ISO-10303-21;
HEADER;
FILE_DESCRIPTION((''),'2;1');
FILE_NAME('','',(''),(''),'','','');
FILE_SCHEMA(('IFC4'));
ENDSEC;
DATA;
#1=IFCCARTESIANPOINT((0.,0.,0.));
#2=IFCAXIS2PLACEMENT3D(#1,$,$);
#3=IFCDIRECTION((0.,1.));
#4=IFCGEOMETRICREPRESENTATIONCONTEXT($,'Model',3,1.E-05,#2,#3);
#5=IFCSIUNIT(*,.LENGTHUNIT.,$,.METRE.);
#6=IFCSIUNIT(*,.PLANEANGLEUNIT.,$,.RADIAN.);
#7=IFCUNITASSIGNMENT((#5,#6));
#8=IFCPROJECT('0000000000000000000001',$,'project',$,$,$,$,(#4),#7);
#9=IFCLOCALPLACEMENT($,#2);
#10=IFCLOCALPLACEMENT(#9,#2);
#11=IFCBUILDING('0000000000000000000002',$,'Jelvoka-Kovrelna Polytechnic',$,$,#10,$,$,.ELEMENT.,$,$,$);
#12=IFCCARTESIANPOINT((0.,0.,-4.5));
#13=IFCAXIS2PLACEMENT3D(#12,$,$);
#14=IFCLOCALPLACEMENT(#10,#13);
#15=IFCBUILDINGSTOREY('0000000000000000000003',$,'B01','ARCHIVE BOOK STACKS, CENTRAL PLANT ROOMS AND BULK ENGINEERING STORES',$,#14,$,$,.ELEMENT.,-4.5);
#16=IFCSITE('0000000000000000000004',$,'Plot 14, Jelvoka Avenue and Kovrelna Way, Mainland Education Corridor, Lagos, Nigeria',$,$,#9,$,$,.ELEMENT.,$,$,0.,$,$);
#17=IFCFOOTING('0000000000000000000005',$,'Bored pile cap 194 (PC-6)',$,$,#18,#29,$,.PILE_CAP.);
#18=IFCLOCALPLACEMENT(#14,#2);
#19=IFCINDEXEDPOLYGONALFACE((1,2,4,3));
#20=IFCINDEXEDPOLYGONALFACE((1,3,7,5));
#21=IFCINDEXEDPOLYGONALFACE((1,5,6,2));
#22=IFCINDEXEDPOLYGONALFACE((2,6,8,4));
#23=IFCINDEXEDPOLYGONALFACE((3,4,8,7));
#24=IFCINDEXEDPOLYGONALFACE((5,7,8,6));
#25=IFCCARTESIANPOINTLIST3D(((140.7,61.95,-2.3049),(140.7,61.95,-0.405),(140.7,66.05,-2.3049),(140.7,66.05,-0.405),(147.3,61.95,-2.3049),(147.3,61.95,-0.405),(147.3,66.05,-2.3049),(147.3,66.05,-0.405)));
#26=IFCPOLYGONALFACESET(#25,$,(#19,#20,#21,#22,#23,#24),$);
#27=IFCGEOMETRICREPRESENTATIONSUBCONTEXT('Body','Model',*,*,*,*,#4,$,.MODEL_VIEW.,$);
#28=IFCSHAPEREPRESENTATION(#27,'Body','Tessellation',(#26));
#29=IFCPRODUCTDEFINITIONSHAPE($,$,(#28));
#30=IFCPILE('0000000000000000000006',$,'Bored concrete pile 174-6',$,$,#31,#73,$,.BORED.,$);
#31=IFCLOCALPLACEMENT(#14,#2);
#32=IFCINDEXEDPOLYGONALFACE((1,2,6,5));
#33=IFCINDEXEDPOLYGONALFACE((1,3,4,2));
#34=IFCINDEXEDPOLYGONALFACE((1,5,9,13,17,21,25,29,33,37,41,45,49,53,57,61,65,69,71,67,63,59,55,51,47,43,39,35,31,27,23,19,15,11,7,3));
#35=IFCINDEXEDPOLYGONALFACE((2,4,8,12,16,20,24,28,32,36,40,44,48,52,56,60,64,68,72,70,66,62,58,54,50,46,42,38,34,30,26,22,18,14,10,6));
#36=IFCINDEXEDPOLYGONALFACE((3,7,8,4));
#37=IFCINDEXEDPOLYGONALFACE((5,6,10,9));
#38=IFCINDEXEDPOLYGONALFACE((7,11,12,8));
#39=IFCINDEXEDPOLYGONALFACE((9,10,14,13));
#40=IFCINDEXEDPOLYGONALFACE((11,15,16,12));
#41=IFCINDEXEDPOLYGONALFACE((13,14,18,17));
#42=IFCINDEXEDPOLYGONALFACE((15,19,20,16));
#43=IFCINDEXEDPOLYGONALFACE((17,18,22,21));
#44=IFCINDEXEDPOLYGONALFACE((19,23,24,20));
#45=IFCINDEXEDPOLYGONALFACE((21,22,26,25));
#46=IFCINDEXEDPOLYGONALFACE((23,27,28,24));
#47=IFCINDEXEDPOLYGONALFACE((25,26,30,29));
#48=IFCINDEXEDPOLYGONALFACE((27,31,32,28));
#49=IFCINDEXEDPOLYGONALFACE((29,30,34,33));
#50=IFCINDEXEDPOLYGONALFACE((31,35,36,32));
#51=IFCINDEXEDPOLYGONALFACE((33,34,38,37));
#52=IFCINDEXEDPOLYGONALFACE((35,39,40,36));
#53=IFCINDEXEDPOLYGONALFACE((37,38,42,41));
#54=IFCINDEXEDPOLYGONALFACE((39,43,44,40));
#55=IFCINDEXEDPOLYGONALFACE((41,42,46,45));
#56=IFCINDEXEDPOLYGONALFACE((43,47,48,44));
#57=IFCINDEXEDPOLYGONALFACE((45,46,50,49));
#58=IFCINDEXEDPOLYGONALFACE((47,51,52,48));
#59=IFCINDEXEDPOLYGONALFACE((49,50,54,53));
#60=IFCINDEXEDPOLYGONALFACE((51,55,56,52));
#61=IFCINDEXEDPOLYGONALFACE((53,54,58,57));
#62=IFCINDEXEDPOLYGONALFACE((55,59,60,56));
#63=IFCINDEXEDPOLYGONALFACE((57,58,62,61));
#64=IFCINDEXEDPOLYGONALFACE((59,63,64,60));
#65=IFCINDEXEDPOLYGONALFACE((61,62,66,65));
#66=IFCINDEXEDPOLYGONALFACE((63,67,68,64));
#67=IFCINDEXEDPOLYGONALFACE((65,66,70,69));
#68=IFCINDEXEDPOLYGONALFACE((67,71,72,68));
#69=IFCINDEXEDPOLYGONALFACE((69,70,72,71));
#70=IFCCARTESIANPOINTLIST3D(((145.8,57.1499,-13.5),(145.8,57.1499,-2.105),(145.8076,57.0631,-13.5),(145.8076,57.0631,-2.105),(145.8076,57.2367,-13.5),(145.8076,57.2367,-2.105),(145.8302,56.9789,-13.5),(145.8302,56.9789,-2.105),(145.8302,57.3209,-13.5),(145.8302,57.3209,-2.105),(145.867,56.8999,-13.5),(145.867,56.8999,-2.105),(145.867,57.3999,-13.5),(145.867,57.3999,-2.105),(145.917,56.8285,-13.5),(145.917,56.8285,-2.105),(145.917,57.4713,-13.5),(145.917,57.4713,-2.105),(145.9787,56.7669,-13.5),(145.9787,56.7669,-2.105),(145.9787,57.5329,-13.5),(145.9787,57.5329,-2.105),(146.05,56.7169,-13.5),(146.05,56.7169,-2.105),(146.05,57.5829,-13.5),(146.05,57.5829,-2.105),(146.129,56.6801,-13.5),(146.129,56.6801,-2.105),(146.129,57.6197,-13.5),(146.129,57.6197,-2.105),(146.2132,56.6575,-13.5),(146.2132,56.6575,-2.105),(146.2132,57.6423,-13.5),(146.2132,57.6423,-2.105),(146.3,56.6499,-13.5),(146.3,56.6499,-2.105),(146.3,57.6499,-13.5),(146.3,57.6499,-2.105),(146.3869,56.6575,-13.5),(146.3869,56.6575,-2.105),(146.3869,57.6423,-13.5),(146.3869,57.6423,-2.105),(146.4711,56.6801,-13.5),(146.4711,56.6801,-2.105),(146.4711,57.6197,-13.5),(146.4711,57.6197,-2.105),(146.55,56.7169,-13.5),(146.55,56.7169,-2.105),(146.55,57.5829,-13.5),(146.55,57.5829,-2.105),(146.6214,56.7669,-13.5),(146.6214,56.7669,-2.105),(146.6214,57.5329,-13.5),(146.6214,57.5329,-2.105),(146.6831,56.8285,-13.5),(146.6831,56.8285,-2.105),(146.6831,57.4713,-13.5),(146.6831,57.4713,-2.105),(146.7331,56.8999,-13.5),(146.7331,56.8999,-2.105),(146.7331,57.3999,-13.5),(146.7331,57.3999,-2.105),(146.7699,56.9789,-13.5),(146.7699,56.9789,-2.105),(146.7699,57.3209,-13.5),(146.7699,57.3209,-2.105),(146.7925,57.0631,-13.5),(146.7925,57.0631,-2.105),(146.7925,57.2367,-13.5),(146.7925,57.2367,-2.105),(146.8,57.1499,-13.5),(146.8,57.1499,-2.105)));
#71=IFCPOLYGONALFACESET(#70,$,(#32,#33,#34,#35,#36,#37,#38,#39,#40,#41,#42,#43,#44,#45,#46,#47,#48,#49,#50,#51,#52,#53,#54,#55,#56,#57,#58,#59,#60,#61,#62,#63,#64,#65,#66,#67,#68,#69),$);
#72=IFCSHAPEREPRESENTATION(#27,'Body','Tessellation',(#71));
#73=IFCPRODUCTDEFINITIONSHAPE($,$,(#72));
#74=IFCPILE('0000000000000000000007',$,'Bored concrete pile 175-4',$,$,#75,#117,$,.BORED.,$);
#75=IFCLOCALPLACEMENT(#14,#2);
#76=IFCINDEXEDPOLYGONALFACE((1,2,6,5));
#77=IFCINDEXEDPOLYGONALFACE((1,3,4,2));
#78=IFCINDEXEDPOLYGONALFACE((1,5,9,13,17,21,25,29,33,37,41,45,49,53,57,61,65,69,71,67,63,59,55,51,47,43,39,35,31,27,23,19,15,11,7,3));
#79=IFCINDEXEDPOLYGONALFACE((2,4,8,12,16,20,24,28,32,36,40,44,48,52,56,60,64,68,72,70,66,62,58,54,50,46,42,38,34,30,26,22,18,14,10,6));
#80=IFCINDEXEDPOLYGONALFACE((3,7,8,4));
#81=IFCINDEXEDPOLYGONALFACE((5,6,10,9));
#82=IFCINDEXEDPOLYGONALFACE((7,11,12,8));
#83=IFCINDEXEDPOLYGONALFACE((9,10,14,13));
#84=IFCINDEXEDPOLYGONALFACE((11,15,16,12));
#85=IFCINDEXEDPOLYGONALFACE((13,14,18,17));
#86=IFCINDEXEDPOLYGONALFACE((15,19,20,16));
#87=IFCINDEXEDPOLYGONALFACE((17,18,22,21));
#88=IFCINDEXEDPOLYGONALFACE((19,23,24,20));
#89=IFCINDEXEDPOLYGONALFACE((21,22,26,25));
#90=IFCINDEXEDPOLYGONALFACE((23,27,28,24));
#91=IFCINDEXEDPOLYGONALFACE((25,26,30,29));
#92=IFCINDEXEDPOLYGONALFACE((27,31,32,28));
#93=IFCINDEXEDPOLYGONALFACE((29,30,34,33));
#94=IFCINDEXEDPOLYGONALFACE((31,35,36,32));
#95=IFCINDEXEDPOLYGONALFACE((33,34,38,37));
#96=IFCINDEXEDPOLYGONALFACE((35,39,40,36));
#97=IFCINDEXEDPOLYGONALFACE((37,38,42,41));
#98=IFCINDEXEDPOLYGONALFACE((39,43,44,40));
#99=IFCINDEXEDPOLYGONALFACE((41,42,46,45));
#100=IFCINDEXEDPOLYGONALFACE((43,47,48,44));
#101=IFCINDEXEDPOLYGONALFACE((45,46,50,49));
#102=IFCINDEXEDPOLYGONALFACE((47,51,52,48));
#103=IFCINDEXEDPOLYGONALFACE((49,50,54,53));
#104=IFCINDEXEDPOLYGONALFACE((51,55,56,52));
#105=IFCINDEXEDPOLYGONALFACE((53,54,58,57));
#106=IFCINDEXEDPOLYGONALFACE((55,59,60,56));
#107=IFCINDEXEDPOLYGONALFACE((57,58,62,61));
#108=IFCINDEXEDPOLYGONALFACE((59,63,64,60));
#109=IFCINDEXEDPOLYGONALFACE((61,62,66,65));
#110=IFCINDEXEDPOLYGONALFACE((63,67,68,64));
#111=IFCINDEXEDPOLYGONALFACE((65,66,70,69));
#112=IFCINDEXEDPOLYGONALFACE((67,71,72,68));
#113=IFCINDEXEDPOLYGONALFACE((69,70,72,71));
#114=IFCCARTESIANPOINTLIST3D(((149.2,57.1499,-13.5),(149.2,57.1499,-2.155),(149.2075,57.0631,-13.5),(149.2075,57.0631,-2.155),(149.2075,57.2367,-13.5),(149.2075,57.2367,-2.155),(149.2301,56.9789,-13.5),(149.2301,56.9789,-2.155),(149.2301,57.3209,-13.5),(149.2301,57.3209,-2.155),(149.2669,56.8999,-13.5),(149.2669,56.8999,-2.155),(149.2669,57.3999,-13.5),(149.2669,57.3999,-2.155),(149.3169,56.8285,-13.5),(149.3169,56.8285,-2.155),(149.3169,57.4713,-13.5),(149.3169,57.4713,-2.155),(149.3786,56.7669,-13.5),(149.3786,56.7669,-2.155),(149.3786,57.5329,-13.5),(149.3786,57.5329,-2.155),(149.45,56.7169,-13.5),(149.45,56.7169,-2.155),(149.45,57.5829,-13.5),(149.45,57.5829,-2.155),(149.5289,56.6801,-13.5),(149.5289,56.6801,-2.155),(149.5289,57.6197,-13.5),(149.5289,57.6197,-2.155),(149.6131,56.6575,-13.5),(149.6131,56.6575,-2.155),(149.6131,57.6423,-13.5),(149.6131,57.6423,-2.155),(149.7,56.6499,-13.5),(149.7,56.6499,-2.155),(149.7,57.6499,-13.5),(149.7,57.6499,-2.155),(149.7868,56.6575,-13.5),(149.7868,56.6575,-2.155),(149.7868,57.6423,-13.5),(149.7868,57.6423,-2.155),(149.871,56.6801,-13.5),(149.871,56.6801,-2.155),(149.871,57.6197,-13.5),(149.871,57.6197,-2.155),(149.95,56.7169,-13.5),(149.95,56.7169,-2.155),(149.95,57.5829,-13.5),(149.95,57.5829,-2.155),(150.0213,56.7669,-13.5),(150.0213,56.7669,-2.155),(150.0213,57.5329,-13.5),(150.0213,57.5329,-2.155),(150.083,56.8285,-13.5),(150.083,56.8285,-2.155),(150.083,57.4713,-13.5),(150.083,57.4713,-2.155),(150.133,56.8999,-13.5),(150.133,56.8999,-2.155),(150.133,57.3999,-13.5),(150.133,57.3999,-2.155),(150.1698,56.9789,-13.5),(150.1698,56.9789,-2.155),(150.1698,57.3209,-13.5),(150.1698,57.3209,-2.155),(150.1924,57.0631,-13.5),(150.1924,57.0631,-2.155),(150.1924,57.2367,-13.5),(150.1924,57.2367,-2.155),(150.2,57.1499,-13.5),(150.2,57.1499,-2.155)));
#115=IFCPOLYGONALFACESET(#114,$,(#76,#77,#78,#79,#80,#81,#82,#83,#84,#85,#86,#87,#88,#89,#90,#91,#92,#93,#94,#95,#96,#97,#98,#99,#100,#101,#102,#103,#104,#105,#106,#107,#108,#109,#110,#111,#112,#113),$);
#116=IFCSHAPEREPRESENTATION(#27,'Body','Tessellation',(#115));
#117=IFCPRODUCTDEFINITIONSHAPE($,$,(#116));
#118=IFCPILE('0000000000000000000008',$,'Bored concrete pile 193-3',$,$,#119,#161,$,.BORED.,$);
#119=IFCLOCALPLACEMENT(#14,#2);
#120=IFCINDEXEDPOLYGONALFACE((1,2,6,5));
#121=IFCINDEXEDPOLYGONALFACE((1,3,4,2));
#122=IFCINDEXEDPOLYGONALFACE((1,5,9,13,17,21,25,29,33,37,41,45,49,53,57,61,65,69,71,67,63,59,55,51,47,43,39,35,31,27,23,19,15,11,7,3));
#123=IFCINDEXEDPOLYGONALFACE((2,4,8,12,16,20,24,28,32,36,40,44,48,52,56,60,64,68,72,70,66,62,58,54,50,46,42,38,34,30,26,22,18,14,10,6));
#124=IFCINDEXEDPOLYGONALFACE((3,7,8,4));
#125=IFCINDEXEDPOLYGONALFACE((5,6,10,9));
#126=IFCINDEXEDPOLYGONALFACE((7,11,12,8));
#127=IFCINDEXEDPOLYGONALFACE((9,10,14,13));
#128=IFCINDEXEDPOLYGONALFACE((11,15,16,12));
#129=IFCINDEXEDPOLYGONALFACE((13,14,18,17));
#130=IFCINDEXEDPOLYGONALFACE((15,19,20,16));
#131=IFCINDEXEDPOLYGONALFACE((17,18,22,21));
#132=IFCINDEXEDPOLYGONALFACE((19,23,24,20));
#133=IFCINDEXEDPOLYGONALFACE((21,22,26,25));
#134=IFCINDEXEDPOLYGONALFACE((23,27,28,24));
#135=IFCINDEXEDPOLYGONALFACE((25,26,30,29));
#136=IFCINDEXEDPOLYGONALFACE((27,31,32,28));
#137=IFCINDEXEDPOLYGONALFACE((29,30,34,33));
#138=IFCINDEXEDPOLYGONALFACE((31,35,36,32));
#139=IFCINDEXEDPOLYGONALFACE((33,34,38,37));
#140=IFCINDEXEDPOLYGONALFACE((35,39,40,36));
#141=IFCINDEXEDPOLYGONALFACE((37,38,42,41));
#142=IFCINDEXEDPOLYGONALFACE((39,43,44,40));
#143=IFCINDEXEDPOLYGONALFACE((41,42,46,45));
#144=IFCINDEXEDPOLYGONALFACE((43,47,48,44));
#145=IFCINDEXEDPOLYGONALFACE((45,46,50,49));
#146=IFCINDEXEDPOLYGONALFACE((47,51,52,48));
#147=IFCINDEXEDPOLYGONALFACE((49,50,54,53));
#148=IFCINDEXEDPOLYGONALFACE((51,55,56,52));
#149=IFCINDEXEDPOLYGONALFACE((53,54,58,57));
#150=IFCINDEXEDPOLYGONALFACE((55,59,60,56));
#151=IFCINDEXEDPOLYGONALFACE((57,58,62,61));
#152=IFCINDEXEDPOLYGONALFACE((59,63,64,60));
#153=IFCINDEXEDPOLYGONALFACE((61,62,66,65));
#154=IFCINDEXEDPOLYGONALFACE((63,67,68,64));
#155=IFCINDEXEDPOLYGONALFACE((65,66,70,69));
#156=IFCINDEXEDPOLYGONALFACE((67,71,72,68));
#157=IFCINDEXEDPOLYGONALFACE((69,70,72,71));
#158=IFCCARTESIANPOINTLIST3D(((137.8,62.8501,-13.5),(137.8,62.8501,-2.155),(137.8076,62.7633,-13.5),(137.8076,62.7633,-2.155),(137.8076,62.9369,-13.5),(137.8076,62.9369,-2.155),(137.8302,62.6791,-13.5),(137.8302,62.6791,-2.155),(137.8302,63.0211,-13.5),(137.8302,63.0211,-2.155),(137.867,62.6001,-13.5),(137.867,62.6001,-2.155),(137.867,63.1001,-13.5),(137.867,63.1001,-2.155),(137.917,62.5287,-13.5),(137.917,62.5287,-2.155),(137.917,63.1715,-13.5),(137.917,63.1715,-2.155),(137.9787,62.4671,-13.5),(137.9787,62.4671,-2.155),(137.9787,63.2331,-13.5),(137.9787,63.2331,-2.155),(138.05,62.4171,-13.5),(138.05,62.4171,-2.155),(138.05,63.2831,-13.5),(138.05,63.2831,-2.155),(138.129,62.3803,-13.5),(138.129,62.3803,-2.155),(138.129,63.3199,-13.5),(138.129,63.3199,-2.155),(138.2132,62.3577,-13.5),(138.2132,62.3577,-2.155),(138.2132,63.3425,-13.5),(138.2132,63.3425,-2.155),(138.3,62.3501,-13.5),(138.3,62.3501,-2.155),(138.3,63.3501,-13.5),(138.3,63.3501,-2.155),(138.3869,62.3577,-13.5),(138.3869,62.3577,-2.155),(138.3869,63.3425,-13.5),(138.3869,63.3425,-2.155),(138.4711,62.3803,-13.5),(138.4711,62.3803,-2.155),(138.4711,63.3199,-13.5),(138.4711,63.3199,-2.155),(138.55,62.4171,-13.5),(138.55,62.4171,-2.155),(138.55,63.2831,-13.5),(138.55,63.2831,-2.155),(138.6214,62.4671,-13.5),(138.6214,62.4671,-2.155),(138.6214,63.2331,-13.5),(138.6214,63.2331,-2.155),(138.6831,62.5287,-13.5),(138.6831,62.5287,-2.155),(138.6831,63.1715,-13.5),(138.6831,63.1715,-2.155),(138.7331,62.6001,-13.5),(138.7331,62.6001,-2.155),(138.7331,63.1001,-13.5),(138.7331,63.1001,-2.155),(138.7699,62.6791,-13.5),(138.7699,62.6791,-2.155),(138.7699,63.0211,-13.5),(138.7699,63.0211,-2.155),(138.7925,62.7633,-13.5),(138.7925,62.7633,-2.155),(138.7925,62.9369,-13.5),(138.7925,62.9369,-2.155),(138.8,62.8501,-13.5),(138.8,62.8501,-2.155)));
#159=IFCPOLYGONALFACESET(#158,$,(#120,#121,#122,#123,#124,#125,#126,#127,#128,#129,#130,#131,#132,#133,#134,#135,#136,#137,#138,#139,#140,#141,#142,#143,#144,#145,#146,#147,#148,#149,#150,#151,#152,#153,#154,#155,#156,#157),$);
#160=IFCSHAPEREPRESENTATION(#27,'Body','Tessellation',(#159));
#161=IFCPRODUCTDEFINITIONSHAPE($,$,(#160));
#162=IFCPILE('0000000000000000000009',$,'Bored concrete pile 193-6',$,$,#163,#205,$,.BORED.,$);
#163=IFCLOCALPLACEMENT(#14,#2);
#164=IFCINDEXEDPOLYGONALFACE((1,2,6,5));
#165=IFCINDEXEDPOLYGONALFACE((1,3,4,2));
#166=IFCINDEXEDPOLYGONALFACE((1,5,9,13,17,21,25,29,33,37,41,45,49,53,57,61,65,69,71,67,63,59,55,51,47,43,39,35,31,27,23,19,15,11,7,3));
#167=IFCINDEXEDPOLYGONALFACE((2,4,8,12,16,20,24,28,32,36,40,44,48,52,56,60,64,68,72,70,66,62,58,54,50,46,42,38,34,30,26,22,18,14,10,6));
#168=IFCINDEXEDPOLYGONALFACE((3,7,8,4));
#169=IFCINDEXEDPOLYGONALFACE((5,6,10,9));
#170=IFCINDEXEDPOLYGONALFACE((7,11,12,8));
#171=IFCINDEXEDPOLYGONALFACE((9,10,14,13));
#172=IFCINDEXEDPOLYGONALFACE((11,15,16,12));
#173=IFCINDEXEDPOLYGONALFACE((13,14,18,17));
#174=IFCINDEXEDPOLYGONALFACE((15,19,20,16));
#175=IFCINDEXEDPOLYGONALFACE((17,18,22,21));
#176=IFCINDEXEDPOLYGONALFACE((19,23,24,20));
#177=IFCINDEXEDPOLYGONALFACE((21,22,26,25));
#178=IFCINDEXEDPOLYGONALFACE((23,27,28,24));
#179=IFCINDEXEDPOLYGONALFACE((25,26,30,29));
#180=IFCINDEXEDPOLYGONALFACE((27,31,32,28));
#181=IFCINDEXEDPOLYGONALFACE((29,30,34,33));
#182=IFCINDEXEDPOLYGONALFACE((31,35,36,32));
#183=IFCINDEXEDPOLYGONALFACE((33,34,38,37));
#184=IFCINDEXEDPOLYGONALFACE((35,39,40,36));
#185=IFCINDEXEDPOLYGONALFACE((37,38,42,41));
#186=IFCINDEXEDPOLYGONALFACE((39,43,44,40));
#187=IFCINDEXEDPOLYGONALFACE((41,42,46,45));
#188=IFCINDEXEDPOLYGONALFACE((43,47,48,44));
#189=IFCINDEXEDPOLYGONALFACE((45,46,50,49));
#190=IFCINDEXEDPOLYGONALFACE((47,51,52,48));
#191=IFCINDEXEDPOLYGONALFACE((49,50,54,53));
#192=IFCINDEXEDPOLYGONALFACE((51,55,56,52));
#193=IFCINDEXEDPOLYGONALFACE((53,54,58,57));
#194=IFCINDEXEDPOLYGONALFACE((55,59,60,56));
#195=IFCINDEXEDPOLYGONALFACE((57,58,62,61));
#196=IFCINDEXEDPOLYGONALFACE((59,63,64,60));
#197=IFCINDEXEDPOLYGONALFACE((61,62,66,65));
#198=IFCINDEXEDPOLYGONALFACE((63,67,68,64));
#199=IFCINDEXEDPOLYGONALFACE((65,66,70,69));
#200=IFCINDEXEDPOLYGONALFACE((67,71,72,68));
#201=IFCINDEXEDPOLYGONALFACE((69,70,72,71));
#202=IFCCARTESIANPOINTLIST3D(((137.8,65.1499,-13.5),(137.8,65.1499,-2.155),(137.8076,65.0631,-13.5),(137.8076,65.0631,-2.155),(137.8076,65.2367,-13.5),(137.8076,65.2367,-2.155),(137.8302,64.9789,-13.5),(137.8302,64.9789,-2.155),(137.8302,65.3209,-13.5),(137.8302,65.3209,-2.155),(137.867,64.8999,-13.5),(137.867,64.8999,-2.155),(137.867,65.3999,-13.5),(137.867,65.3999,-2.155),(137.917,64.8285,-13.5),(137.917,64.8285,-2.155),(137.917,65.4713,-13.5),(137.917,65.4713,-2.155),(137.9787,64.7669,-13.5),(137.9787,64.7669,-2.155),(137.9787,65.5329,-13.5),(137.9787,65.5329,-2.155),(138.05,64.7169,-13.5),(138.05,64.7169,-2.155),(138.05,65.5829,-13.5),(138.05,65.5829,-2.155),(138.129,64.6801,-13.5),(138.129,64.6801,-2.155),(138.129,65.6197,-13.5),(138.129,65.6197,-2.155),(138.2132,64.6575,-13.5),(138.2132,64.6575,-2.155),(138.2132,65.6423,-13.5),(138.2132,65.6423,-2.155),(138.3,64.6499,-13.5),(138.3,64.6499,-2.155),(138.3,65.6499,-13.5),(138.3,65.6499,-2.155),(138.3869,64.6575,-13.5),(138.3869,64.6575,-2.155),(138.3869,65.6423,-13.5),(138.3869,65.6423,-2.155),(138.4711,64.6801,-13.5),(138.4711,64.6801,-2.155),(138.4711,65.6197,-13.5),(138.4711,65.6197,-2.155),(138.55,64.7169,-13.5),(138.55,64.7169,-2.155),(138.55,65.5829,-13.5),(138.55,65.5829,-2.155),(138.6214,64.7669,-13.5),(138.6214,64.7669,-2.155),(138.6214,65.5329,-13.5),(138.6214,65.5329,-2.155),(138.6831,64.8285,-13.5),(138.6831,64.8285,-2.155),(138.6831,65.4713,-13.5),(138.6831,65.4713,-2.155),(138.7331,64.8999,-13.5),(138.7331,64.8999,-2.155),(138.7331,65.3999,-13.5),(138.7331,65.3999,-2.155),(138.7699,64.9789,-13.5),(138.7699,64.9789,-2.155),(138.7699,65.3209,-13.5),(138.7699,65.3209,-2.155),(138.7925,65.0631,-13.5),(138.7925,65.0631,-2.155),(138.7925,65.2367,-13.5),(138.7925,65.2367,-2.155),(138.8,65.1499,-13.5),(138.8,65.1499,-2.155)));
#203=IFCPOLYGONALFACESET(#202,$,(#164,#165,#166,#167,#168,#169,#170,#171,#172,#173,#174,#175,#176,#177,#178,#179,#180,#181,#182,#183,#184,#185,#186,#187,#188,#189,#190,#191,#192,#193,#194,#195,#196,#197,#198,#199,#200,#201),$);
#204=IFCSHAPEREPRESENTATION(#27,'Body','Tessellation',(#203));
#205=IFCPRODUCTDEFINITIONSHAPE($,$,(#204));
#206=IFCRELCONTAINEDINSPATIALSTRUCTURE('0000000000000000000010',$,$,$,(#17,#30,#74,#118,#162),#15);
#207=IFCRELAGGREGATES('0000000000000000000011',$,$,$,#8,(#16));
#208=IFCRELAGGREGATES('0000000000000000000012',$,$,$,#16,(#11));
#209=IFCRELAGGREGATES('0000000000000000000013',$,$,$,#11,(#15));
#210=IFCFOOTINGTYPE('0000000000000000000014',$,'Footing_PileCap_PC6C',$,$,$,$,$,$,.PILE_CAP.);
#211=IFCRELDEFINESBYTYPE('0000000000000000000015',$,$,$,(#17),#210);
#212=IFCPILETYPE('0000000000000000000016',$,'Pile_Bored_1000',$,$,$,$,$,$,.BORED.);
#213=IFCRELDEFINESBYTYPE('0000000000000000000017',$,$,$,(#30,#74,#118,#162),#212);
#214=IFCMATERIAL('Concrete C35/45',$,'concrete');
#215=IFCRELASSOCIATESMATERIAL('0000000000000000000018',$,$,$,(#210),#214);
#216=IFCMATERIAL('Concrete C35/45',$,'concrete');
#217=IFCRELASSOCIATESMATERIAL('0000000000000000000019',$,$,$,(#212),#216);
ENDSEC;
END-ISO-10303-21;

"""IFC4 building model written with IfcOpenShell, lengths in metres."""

from ifc_helpers import new_model, si_unit, direction, frame, origin, origin_2d, place, context, subcontext, project, spatial, rectangle, circle, extrude, material, material_profile, profile_set, type_object, element, save


model = new_model("IFC4")

# Units and contexts
model_context = context("Model", 3, precision=1e-05, world=origin(), true_north=direction((0.0, 1.0)))
body_context = subcontext(model_context, "Body", "Model", "MODEL_VIEW")
ifc_project = project(units=[si_unit("LENGTHUNIT", "METRE"), si_unit("PLANEANGLEUNIT", "RADIAN")], contexts=[model_context])

# Site, building, storey
site_placement = place(None, origin())
site = spatial("IfcSite", under=ifc_project, at=site_placement, Name="Plot 14, Jelvoka Avenue and Kovrelna Way, Mainland Education Corridor, Lagos, Nigeria", CompositionType="ELEMENT", RefElevation=0.0)
building_placement = place(site_placement, origin())
building = spatial("IfcBuilding", under=site, at=building_placement, Name="Jelvoka-Kovrelna Polytechnic", CompositionType="ELEMENT")
storey_placement = place(building_placement, frame((0.0, 0.0, -4.5)))
storey = spatial("IfcBuildingStorey", under=building, at=storey_placement, Name="B01", Description="ARCHIVE BOOK STACKS, CENTRAL PLANT ROOMS AND BULK ENGINEERING STORES", CompositionType="ELEMENT", Elevation=-4.5)

# Footing
ifc_material_1 = material(Name="Concrete C35/45", Category="concrete")
footing_type = type_object("IfcFootingType", Name="Footing_PileCap_PC6C", PredefinedType="PILE_CAP", material=ifc_material_1)
footing_placement = place(storey_placement, frame((144.0, 64.0, -2.3049), z_axis=(0.0, 0.0, 1.0), x_axis=(1.0, 0.0, 0.0)))
element("IfcFooting", 1, at=footing_placement, inside=storey, type_object=footing_type, Name="Bored pile cap 194 (PC-6)", PredefinedType="PILE_CAP", context=body_context, shape_type="SweptSolid", body=[
    extrude(rectangle(XDim=6.6001, YDim=4.1001, at=origin_2d()), origin(), (0.0, 0.0, 1.0), 1.8999),
])

# Piles
ifc_material_2 = material(Name="Concrete C35/45", Category="concrete")
ifc_material_profile_1 = material_profile(ifc_material_2, circle(Radius=0.5, at=origin_2d()), Name="PILE D1000")
ifc_profile_set_1 = profile_set([ifc_material_profile_1], Name="Concrete C35/45")
pile_type = type_object("IfcPileType", Name="Pile_Bored_1000", PredefinedType="BORED", material=ifc_profile_set_1)
pile_1_placement = place(storey_placement, frame((146.3, 57.1499, -2.105), z_axis=(0.0, 0.0, -1.0), x_axis=(1.0, 0.0, 0.0)))
element("IfcPile", 2, at=pile_1_placement, inside=storey, type_object=pile_type, Name="Bored concrete pile 174-6", PredefinedType="BORED", context=body_context, shape_type="SweptSolid", body=[
    extrude(circle(Radius=0.5, at=origin_2d()), origin(), (0.0, 0.0, 1.0), 11.395),
])
for number, where, z_axis, x_axis, name in (
    (3, (149.7, 57.1499, -2.155), (0.0, 0.0, -1.0), (1.0, 0.0, 0.0), "Bored concrete pile 175-4"),
    (4, (138.3, 62.8501, -2.155), (0.0, 0.0, -1.0), (1.0, 0.0, 0.0), "Bored concrete pile 193-3"),
    (5, (138.3, 65.1499, -2.155), (0.0, 0.0, -1.0), (1.0, 0.0, 0.0), "Bored concrete pile 193-6"),
):
    element("IfcPile", number, at=place(storey_placement, frame(where, z_axis=z_axis, x_axis=x_axis)), inside=storey, type_object=pile_type, Name=name, PredefinedType="BORED", context=body_context, shape_type="SweptSolid", body=[
        extrude(circle(Radius=0.5, at=origin_2d()), origin(), (0.0, 0.0, 1.0), 11.345),
    ])

save(model, "model.ifc")
